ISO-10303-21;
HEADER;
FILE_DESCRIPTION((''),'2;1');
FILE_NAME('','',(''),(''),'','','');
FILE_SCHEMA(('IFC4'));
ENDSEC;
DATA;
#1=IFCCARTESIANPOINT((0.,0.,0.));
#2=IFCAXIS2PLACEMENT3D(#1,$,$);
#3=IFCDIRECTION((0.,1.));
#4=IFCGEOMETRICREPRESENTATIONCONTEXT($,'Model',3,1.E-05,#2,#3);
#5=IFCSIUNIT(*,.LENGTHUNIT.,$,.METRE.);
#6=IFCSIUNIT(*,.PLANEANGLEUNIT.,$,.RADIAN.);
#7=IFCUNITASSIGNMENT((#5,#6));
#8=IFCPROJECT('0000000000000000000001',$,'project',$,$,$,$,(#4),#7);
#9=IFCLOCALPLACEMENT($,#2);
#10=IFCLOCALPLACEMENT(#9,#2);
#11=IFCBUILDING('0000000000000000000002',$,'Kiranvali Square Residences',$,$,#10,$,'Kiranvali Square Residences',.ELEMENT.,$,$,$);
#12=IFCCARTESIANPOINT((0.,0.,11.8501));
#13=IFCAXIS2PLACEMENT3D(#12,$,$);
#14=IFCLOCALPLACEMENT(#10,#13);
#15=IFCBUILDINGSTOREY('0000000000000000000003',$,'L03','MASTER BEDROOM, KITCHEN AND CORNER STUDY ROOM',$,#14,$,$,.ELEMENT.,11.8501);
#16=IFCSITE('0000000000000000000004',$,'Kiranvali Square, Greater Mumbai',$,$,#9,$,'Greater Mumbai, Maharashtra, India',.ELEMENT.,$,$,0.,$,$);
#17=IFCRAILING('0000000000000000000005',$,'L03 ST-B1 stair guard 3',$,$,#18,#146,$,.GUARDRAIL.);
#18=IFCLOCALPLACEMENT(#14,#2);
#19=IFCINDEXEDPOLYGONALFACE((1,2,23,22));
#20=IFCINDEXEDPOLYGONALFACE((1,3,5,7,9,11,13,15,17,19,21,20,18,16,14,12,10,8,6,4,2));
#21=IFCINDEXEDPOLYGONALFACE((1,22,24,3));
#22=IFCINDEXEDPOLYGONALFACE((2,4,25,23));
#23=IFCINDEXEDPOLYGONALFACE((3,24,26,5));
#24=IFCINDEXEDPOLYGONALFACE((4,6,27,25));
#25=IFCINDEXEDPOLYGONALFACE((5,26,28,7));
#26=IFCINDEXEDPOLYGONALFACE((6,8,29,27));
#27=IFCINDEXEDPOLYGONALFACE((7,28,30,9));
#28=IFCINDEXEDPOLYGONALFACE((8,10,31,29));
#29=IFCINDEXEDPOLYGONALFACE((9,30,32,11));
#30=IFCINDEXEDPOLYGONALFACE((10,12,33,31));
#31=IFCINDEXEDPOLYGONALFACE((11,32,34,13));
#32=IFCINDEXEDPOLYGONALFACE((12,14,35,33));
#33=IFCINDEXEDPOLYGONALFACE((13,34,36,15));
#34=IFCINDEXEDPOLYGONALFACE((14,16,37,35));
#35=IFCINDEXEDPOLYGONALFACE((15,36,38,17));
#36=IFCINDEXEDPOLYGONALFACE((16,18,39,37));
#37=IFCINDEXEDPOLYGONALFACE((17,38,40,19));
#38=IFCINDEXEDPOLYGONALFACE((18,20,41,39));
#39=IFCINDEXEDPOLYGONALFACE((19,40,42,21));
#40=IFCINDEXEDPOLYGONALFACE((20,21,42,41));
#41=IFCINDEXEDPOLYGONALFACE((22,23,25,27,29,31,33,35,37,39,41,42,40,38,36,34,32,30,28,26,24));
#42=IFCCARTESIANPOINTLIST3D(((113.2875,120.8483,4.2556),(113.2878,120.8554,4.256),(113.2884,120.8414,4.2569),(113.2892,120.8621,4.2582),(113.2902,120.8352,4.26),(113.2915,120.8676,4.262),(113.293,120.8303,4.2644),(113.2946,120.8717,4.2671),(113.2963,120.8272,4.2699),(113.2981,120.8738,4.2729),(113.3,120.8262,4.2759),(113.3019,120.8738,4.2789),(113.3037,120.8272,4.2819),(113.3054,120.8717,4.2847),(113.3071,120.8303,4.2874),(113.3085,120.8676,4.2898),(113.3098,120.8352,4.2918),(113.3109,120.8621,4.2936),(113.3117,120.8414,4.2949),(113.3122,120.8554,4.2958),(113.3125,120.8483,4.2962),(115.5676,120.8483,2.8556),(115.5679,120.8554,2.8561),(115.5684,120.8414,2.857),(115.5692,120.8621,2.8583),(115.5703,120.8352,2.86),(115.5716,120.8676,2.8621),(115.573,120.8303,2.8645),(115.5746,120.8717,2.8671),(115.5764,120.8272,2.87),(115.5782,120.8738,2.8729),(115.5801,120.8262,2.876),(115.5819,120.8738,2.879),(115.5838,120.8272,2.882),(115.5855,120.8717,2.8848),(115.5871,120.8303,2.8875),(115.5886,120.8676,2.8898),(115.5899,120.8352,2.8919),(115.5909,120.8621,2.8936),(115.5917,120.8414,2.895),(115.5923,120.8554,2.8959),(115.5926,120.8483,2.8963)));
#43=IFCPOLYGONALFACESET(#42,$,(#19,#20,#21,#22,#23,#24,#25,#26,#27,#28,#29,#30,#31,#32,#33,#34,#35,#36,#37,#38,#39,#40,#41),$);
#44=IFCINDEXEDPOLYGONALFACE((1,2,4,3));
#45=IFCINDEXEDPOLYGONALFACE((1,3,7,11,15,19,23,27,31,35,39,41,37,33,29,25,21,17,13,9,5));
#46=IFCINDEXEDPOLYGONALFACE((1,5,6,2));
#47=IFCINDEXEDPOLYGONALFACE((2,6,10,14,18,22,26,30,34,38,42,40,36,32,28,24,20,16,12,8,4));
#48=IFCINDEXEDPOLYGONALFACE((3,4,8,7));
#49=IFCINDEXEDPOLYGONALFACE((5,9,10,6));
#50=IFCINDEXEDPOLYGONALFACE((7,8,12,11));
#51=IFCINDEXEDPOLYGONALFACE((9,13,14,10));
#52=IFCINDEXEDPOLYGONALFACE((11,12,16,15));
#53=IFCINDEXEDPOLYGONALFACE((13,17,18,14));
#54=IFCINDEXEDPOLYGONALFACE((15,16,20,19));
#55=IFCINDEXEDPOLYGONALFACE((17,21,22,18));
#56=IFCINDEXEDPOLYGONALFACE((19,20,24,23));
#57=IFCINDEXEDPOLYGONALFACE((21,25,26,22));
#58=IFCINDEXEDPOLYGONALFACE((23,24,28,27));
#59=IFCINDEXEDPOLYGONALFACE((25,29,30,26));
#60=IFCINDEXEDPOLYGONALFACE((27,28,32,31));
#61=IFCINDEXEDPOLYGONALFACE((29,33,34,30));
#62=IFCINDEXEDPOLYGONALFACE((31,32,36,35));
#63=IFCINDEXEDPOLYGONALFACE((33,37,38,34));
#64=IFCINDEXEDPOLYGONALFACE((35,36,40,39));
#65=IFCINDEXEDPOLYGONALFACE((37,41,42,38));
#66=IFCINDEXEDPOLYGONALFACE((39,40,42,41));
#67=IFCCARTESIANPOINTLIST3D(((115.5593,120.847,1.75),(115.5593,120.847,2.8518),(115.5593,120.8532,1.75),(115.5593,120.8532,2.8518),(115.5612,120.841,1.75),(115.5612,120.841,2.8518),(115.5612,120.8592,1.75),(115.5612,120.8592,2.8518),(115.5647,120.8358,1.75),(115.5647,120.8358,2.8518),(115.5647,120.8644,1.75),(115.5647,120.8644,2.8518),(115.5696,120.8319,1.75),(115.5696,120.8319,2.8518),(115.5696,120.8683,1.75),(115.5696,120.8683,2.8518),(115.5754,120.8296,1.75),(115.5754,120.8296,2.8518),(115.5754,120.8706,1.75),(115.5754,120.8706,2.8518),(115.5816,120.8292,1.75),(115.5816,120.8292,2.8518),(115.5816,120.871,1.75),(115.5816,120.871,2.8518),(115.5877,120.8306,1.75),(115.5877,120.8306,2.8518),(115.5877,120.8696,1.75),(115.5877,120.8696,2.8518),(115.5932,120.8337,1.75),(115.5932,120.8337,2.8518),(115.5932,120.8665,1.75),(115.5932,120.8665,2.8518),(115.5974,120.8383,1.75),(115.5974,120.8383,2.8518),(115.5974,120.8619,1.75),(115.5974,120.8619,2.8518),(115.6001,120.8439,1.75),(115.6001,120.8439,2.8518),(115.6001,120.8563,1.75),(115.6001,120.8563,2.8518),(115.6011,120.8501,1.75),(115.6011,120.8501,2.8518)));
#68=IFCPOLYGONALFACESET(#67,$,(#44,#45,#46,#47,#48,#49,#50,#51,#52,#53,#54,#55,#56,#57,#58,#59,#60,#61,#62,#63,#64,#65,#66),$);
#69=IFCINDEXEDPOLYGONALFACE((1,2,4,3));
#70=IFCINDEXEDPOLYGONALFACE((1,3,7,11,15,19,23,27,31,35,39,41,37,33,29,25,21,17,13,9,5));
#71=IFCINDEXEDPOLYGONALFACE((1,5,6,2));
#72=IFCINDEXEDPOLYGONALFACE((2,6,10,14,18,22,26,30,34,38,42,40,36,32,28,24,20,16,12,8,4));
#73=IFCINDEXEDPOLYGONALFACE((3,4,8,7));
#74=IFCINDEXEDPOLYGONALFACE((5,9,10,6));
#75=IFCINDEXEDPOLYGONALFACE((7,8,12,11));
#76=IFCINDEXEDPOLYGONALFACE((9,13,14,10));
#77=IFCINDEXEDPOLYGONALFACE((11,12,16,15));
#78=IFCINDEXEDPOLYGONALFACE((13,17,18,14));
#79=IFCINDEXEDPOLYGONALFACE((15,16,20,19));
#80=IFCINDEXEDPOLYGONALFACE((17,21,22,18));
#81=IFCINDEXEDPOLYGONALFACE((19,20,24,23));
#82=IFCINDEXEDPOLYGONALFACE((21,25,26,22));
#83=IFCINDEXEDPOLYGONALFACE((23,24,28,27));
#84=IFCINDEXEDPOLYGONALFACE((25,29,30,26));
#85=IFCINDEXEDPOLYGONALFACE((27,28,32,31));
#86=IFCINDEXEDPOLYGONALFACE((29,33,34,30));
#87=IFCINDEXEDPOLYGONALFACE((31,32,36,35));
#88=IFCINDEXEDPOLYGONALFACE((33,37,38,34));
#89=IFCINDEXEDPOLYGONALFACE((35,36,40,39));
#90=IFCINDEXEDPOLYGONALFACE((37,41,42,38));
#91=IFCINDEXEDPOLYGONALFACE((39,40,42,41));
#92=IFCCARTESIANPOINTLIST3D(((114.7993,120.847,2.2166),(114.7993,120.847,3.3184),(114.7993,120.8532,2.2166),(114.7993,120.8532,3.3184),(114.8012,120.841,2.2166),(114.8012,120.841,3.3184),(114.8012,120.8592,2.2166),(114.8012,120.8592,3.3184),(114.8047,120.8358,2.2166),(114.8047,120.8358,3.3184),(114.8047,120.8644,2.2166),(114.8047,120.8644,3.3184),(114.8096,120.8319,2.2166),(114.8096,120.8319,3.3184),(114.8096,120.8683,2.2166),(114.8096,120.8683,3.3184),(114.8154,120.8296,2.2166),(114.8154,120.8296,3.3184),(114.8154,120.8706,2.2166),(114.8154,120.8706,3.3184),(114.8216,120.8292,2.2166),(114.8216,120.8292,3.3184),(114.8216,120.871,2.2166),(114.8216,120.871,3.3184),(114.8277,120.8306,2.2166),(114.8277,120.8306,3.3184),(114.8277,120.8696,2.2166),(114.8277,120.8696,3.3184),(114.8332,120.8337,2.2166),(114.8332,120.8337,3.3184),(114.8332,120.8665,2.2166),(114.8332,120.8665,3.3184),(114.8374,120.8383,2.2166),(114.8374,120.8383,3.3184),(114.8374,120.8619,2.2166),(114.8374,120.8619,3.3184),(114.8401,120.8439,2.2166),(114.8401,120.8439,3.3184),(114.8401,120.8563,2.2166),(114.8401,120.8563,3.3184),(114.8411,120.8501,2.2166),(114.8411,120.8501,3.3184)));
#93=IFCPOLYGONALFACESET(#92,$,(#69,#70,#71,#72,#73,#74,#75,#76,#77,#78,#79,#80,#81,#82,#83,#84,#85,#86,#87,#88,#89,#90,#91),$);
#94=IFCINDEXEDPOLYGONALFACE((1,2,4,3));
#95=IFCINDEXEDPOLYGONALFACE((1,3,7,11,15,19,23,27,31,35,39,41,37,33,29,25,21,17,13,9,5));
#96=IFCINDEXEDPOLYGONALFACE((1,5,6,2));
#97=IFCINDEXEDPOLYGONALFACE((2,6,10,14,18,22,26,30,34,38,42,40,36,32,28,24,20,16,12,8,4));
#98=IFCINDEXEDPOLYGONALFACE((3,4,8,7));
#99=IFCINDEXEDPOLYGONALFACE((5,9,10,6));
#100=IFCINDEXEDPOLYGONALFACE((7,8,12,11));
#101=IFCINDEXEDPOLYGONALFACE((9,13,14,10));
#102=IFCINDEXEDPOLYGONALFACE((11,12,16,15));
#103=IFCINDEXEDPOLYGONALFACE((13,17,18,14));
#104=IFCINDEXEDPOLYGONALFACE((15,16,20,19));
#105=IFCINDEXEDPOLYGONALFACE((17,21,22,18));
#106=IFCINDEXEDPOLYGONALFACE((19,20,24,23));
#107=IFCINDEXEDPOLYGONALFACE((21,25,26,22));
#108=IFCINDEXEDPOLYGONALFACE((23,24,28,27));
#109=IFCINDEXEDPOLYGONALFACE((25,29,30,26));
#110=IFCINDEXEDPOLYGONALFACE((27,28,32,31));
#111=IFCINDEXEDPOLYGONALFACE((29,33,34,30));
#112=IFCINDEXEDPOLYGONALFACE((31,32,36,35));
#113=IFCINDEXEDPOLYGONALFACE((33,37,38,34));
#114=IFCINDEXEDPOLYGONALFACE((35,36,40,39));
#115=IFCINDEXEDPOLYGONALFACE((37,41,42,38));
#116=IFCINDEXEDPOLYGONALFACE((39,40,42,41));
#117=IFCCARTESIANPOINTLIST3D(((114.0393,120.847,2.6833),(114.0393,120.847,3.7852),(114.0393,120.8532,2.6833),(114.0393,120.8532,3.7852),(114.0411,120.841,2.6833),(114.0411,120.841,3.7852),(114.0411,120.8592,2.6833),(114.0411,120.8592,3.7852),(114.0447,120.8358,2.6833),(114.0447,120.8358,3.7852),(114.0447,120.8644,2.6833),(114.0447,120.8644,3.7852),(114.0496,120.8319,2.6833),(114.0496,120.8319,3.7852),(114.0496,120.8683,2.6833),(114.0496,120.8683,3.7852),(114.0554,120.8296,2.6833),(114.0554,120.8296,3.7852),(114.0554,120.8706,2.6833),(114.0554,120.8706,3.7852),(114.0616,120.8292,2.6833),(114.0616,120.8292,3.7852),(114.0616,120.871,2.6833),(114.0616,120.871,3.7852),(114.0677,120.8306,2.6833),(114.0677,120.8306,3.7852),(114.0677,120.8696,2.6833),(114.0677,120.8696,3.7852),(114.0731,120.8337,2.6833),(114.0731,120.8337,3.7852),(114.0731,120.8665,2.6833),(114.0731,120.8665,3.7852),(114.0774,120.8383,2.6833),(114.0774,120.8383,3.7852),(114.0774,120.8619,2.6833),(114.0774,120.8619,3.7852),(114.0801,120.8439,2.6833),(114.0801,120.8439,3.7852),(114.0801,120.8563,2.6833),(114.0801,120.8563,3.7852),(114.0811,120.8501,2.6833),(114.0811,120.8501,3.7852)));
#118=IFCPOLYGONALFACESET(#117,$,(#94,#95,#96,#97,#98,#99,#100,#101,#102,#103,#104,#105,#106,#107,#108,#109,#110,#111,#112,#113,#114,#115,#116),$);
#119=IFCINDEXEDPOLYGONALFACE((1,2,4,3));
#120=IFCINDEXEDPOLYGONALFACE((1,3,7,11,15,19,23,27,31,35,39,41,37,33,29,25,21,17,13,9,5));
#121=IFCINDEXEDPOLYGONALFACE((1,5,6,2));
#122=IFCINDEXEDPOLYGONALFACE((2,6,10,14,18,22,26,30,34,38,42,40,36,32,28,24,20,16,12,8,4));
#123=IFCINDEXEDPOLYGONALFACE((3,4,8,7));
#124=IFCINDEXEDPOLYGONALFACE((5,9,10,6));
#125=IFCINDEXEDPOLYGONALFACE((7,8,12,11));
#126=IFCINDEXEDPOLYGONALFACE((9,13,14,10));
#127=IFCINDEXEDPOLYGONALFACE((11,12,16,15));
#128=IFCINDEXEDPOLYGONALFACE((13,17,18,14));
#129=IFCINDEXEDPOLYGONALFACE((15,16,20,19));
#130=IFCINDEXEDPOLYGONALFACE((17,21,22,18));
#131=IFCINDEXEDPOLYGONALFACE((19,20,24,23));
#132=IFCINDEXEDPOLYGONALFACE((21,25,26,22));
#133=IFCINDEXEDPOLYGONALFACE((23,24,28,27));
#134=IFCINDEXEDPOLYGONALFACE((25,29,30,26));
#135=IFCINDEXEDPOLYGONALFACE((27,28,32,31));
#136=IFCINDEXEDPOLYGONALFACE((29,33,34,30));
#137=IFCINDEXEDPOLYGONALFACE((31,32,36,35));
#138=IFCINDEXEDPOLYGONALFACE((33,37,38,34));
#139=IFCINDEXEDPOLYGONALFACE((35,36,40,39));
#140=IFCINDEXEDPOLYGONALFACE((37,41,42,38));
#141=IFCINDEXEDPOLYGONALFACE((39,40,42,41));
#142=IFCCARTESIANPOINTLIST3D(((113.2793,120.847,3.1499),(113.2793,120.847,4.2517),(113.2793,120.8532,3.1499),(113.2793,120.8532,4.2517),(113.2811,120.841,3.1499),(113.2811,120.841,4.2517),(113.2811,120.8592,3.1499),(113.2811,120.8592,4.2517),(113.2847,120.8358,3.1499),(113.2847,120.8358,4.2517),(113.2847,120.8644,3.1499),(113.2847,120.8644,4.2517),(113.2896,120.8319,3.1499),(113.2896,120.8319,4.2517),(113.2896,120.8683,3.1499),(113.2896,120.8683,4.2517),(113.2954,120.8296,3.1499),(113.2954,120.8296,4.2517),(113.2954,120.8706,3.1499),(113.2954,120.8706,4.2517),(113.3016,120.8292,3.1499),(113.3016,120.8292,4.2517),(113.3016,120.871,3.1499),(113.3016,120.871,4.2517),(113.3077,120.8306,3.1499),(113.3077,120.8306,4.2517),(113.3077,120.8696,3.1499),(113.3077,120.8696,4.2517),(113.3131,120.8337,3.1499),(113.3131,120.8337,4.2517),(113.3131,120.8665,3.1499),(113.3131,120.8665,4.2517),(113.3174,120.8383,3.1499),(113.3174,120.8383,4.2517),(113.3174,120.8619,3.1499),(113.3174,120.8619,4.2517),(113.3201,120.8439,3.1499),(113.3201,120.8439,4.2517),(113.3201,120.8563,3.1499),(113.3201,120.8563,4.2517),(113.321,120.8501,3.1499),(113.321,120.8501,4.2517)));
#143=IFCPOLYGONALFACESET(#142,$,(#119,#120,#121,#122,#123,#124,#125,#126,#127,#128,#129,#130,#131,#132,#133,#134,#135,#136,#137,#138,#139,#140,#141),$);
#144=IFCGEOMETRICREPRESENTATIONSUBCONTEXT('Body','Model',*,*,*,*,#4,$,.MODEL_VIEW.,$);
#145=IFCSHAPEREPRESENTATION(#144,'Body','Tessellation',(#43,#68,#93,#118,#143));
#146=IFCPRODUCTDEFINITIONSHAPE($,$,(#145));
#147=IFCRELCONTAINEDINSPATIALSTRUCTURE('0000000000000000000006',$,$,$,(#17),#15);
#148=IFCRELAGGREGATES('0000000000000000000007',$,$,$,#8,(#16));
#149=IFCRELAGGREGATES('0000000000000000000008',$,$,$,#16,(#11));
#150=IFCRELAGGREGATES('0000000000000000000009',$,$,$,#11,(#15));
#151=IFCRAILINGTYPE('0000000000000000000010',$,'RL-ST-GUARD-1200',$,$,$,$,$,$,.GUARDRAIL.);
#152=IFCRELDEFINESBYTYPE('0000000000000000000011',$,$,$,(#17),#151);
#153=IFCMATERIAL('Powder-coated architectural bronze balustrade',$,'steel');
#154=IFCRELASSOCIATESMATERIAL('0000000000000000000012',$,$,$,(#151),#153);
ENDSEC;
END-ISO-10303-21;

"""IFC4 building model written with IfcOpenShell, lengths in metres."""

from ifc_helpers import new_model, si_unit, direction, frame, origin, origin_2d, place, context, subcontext, project, spatial, circle, extrude, material, type_object, element, save


model = new_model("IFC4")

# Units and contexts
model_context = context("Model", 3, precision=1e-05, world=origin(), true_north=direction((0.0, 1.0)))
body_context = subcontext(model_context, "Body", "Model", "MODEL_VIEW")
ifc_project = project(units=[si_unit("LENGTHUNIT", "METRE"), si_unit("PLANEANGLEUNIT", "RADIAN")], contexts=[model_context])

# Site, building, storey
site_placement = place(None, origin())
site = spatial("IfcSite", under=ifc_project, at=site_placement, Name="Kiranvali Square, Greater Mumbai", LongName="Greater Mumbai, Maharashtra, India", CompositionType="ELEMENT", RefElevation=0.0)
building_placement = place(site_placement, origin())
building = spatial("IfcBuilding", under=site, at=building_placement, Name="Kiranvali Square Residences", LongName="Kiranvali Square Residences", CompositionType="ELEMENT")
storey_placement = place(building_placement, frame((0.0, 0.0, 11.8501)))
storey = spatial("IfcBuildingStorey", under=building, at=storey_placement, Name="L03", Description="MASTER BEDROOM, KITCHEN AND CORNER STUDY ROOM", CompositionType="ELEMENT", Elevation=11.8501)

# Railing
ifc_material_1 = material(Name="Powder-coated architectural bronze balustrade", Category="steel")
railing_type_1 = type_object("IfcRailingType", Name="RL-ST-GUARD-1200", PredefinedType="GUARDRAIL", material=ifc_material_1)
railing_1_placement = place(storey_placement, frame((115.5801, 120.8501, 1.75)))
element("IfcRailing", 1, at=railing_1_placement, inside=storey, type_object=railing_type_1, Name="L03 ST-B1 stair guard 3", PredefinedType="GUARDRAIL", context=body_context, shape_type="SweptSolid", body=[
    extrude(circle(Radius=0.0239, at=origin_2d()), frame((0.0, 0.0, 1.126), z_axis=(-0.85219, 0.0, 0.523232), x_axis=(0.0, -1.0, 0.0)), (0.0, 0.0, 1.0), 2.6755),
    extrude(circle(Radius=0.021, at=origin_2d()), origin(), (0.0, 0.0, 1.0), 1.1018),
    extrude(circle(Radius=0.021, at=origin_2d()), frame((-0.76, 0.0, 0.4666)), (0.0, 0.0, 1.0), 1.1018),
    extrude(circle(Radius=0.021, at=origin_2d()), frame((-1.52, 0.0, 0.9333)), (0.0, 0.0, 1.0), 1.1018),
    extrude(circle(Radius=0.021, at=origin_2d()), frame((-2.28, 0.0, 1.3999)), (0.0, 0.0, 1.0), 1.1018),
])

save(model, "model.ifc")
